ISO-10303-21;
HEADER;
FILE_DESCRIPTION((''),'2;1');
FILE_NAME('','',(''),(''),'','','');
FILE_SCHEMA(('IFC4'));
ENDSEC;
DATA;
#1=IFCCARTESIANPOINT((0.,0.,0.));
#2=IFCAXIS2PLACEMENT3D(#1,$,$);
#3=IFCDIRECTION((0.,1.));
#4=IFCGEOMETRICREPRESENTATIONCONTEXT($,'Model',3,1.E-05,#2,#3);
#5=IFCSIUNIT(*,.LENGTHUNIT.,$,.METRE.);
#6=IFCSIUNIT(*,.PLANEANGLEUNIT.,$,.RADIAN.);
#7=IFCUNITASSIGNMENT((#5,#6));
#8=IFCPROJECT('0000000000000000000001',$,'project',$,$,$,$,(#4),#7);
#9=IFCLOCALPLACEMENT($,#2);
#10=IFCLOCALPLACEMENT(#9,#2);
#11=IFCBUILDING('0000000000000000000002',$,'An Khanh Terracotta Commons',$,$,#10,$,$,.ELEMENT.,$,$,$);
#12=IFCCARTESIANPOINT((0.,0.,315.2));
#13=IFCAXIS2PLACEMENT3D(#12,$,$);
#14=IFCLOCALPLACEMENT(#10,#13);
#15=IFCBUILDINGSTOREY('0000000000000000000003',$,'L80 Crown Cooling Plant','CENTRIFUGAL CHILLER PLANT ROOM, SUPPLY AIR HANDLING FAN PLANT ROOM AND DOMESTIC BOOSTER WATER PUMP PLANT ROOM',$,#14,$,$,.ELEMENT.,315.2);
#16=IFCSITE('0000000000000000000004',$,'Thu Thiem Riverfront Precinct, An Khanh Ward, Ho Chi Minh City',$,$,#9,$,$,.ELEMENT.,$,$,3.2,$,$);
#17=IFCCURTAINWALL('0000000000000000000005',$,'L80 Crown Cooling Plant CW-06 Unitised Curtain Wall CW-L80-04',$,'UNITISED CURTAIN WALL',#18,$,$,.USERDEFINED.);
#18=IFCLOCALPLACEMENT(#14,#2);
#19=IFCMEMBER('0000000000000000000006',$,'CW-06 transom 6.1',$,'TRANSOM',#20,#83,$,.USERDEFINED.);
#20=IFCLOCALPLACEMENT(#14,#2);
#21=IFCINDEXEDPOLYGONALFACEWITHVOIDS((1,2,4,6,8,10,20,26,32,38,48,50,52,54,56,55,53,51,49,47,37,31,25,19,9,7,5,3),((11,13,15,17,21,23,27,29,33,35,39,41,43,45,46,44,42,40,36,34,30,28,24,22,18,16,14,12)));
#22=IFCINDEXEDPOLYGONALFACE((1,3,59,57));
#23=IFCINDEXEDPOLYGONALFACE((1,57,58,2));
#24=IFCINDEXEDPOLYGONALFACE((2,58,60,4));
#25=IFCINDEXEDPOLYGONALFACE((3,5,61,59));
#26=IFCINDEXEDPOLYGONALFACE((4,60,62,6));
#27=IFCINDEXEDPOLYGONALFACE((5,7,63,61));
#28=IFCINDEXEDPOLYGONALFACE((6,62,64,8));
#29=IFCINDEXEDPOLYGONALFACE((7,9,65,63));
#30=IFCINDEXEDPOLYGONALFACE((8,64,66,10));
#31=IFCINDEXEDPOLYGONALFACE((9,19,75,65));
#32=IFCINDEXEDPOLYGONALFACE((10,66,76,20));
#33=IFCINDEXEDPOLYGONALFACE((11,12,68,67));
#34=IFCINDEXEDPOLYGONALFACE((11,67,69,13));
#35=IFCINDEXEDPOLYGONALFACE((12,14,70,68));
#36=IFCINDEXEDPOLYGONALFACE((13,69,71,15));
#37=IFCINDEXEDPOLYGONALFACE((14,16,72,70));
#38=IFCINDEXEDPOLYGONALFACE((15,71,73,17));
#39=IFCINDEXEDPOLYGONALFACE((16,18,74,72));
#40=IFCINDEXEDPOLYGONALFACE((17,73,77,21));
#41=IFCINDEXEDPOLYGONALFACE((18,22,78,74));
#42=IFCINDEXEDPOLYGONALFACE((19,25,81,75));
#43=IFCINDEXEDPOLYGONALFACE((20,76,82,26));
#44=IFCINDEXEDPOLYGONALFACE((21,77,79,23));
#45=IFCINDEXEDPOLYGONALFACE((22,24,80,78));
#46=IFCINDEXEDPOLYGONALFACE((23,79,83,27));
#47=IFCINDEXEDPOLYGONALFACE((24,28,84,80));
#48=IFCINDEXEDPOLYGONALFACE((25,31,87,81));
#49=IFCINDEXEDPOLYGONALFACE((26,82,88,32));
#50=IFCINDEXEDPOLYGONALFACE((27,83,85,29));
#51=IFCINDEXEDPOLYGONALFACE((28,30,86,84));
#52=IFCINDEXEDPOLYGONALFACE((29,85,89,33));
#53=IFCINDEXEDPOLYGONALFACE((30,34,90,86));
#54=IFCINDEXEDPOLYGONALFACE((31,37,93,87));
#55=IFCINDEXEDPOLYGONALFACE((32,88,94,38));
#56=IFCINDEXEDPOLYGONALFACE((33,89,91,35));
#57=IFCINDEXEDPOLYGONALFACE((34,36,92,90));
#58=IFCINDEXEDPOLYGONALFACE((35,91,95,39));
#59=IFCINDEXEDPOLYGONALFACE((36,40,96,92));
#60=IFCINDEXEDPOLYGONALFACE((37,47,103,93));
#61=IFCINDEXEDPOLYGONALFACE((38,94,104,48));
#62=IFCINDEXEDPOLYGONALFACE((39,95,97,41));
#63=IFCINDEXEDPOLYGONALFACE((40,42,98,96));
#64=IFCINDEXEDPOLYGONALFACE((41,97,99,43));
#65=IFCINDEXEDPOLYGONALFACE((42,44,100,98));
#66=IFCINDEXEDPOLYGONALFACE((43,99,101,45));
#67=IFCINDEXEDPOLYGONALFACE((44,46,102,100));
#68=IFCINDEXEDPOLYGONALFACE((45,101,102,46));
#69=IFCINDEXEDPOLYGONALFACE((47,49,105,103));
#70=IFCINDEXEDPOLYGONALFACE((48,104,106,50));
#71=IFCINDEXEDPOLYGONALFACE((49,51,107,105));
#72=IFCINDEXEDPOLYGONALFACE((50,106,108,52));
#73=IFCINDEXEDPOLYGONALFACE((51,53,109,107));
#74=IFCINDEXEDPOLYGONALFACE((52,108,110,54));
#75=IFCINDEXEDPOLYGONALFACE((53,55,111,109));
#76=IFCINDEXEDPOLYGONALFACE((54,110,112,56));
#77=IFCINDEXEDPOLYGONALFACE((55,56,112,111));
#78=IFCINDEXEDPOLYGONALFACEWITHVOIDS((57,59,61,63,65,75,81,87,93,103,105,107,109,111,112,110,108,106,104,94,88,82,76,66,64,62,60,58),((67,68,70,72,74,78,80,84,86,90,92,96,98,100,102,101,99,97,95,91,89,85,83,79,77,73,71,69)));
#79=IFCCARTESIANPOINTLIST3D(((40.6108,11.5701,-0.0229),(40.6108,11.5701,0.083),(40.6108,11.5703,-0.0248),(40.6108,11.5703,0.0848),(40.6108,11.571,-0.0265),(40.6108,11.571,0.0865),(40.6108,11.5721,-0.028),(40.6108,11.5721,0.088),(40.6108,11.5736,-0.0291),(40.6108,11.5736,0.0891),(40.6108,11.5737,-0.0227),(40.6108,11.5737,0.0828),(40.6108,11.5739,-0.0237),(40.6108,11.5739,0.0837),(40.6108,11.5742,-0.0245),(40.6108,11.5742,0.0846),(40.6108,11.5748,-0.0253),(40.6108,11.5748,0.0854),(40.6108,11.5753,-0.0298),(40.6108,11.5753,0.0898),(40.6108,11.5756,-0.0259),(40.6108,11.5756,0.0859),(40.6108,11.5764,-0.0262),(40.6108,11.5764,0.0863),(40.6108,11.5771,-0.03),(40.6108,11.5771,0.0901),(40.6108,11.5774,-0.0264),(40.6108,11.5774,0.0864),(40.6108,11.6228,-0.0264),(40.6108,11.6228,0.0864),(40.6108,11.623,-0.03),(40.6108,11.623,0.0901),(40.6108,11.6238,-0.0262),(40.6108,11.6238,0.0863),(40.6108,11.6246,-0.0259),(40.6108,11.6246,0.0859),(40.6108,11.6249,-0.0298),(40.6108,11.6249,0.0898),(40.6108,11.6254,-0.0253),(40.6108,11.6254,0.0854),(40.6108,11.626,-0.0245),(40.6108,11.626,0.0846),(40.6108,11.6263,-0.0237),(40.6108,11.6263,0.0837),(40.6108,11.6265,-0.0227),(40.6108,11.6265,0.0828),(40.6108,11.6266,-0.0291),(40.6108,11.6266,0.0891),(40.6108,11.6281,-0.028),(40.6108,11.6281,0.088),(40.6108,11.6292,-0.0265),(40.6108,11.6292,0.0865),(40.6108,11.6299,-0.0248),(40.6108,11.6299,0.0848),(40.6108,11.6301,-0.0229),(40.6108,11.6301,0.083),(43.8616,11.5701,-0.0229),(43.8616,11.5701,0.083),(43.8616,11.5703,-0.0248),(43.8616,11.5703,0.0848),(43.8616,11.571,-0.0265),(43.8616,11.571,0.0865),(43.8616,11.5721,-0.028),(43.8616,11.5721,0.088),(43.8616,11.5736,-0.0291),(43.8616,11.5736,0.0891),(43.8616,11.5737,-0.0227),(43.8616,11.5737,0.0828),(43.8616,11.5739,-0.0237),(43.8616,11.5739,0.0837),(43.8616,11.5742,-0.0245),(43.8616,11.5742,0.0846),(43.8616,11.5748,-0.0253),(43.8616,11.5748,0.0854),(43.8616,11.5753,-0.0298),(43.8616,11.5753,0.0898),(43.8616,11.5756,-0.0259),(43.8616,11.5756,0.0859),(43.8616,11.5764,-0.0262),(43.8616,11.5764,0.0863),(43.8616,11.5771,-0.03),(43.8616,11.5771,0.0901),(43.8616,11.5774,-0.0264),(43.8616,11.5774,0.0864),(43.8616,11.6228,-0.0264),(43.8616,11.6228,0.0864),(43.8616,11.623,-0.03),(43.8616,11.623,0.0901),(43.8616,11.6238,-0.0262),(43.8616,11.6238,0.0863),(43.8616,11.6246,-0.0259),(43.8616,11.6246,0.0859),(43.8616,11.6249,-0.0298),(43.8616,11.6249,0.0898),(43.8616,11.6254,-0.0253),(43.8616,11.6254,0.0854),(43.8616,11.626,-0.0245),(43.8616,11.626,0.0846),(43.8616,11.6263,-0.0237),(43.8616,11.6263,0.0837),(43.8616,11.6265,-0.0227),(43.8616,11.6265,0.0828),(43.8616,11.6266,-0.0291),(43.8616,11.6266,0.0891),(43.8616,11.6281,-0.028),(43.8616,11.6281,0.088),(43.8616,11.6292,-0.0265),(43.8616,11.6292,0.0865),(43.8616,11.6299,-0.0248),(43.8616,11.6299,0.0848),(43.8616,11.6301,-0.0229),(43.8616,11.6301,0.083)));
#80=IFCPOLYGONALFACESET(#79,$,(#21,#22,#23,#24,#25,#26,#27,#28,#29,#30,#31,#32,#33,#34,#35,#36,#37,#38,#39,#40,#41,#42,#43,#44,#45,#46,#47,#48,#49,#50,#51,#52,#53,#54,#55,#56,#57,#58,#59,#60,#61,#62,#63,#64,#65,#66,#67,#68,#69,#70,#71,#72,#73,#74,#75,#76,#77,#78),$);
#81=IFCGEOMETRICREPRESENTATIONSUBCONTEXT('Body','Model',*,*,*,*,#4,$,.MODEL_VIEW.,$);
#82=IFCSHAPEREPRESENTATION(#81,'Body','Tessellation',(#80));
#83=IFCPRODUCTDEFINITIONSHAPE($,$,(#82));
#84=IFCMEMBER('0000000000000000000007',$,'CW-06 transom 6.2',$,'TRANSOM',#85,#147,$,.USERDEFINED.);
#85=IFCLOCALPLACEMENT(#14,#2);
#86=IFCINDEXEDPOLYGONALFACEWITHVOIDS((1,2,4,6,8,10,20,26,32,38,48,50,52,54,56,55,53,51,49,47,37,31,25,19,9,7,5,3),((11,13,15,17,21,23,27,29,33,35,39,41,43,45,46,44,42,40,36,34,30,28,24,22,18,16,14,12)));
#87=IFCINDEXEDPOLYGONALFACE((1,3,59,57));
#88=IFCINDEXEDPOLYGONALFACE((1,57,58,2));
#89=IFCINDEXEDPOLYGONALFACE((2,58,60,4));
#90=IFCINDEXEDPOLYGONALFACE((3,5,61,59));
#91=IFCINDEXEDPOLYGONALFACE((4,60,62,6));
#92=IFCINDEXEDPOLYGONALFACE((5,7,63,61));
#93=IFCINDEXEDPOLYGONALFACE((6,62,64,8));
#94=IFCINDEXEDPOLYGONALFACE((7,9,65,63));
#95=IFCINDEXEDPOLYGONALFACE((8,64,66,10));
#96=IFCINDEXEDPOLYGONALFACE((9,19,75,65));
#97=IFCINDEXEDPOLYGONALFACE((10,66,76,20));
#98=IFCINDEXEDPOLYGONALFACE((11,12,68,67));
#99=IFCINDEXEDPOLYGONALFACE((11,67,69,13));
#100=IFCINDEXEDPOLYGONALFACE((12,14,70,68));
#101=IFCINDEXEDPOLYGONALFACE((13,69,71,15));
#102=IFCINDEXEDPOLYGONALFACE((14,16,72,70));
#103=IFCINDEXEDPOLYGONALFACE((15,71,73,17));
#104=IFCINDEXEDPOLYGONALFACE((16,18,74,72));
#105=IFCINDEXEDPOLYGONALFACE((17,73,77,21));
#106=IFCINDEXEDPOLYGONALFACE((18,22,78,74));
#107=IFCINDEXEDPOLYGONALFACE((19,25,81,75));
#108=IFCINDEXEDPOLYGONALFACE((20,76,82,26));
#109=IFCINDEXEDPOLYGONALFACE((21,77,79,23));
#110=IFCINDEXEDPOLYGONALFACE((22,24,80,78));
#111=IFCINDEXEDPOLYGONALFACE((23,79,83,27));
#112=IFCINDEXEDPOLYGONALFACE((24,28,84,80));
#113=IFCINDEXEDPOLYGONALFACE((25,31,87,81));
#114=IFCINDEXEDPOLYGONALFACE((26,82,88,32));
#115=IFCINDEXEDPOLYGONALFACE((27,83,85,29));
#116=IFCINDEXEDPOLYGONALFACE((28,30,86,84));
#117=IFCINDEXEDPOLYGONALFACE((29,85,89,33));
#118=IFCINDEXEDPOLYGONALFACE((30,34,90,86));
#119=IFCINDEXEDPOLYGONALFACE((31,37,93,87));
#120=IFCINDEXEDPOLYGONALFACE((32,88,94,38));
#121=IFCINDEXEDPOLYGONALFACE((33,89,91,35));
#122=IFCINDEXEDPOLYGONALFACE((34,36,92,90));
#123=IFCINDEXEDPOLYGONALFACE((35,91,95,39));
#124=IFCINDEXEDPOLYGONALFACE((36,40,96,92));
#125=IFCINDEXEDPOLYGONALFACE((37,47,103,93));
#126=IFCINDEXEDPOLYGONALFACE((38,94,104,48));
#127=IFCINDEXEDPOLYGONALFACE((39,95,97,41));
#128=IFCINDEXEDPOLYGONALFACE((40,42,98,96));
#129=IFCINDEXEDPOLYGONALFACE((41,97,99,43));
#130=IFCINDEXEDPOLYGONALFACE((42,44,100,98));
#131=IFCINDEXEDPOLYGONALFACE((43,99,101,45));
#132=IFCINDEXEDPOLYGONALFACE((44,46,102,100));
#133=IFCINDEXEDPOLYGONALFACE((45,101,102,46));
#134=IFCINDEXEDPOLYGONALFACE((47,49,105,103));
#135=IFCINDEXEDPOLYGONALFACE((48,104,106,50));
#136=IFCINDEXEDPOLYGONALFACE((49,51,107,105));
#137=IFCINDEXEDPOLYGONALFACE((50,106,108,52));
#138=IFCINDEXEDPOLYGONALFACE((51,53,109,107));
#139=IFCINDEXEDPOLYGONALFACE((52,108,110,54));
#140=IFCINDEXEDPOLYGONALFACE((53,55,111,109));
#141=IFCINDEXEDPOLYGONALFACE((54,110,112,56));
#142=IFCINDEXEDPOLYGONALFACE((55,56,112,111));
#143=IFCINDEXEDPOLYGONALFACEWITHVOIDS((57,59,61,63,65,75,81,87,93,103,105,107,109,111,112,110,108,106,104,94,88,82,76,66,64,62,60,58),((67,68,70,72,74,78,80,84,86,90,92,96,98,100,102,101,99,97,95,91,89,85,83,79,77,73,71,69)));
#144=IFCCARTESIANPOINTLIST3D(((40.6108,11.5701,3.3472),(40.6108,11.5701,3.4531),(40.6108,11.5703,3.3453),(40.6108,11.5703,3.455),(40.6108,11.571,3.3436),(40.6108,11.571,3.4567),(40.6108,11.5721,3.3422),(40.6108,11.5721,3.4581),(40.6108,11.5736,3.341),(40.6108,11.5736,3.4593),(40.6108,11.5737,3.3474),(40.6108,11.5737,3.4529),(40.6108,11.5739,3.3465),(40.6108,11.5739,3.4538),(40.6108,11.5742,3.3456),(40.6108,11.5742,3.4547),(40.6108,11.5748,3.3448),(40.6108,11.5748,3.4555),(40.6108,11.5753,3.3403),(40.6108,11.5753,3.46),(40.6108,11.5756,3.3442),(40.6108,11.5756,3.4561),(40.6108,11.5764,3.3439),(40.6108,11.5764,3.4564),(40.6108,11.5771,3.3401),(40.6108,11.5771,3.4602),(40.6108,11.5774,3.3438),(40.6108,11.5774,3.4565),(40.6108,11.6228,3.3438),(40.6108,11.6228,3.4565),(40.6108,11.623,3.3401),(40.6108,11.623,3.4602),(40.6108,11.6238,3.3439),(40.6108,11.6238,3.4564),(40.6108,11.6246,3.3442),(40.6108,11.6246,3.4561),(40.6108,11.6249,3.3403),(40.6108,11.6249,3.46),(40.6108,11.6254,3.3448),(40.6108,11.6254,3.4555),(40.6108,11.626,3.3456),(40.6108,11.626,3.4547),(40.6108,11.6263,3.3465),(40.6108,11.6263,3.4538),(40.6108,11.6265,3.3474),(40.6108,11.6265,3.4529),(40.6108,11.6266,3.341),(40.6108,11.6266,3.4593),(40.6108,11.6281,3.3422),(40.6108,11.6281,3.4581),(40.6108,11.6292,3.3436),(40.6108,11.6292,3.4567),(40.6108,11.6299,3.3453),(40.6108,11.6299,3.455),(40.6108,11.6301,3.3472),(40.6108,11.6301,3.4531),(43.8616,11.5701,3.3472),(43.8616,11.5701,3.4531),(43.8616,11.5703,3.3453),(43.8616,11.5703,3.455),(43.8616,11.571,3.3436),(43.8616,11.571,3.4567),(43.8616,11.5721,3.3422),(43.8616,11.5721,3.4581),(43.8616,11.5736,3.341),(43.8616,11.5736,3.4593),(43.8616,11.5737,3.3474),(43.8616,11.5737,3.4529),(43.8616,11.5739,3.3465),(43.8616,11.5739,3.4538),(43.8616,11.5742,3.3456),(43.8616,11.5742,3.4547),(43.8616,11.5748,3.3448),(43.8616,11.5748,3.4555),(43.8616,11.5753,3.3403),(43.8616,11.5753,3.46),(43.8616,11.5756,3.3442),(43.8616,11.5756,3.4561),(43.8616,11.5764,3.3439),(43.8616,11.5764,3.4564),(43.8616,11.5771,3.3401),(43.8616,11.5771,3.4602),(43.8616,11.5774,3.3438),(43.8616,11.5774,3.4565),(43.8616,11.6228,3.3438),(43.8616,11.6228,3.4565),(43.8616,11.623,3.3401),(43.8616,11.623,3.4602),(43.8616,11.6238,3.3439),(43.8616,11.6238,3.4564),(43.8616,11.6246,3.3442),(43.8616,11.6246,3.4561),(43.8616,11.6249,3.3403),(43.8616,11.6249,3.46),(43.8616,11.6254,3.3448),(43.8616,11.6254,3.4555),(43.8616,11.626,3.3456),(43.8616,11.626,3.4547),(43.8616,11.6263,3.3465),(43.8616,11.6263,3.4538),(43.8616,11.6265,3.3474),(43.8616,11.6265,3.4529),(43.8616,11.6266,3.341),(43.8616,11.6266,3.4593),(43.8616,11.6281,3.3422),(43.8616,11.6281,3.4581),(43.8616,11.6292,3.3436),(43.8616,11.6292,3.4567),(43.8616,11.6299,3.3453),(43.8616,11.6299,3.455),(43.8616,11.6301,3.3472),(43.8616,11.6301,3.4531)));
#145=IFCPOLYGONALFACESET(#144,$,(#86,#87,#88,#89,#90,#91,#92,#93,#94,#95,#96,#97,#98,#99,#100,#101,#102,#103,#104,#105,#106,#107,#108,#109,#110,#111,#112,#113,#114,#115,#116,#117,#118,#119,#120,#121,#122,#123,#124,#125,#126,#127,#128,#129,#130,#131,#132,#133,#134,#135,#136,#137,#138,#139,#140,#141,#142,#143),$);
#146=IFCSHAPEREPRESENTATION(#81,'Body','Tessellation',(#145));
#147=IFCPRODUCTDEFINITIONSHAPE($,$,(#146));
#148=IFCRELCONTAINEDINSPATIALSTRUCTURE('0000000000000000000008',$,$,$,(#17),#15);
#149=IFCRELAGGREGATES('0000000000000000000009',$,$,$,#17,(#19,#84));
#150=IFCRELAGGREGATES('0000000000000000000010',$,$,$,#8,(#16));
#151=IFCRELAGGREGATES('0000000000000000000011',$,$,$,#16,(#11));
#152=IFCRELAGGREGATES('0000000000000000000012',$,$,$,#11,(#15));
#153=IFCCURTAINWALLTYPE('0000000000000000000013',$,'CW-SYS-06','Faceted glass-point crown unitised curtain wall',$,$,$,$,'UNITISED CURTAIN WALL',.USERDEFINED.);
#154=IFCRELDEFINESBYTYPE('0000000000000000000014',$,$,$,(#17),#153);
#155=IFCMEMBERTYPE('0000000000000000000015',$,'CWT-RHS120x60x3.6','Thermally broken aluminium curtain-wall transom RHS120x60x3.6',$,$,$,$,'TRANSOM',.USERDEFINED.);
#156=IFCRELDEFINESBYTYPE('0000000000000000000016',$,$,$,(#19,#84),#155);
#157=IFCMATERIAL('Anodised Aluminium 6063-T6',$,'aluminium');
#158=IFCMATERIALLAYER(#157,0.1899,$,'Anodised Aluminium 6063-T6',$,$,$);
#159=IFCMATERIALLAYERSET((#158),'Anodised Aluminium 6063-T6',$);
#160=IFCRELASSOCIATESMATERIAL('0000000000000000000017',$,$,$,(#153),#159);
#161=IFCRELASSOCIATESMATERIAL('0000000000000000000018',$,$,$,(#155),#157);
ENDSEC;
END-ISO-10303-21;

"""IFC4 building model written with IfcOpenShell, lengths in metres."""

from ifc_helpers import new_model, si_unit, direction, frame, origin, origin_2d, place, context, subcontext, project, spatial, hollow_rectangle, extrude, material, layer, layer_set, material_profile, profile_set, type_object, element, aggregate, save


model = new_model("IFC4")

# Units and contexts
model_context = context("Model", 3, precision=1e-05, world=origin(), true_north=direction((0.0, 1.0)))
body_context = subcontext(model_context, "Body", "Model", "MODEL_VIEW")
ifc_project = project(units=[si_unit("LENGTHUNIT", "METRE"), si_unit("PLANEANGLEUNIT", "RADIAN")], contexts=[model_context])

# Site, building, storey
site_placement = place(None, origin())
site = spatial("IfcSite", under=ifc_project, at=site_placement, Name="Thu Thiem Riverfront Precinct, An Khanh Ward, Ho Chi Minh City", CompositionType="ELEMENT", RefElevation=3.2)
building_placement = place(site_placement, origin())
building = spatial("IfcBuilding", under=site, at=building_placement, Name="An Khanh Terracotta Commons", CompositionType="ELEMENT")
storey_placement = place(building_placement, frame((0.0, 0.0, 315.2)))
storey = spatial("IfcBuildingStorey", under=building, at=storey_placement, Name="L80 Crown Cooling Plant", Description="CENTRIFUGAL CHILLER PLANT ROOM, SUPPLY AIR HANDLING FAN PLANT ROOM AND DOMESTIC BOOSTER WATER PUMP PLANT ROOM", CompositionType="ELEMENT", Elevation=315.2)

# Curtain wall, members
ifc_material_1 = material(Name="Anodised Aluminium 6063-T6", Category="aluminium")
ifc_layer_1 = layer(ifc_material_1, 0.1899, Name="Anodised Aluminium 6063-T6")
ifc_layer_set_1 = layer_set([ifc_layer_1], Name="Anodised Aluminium 6063-T6")
curtain_wall_type = type_object("IfcCurtainWallType", Name="CW-SYS-06", Description="Faceted glass-point crown unitised curtain wall", ElementType="UNITISED CURTAIN WALL", PredefinedType="USERDEFINED", material=ifc_layer_set_1)
curtain_wall_placement = place(storey_placement, origin())
curtain_wall = element("IfcCurtainWall", 1, at=curtain_wall_placement, inside=storey, type_object=curtain_wall_type, Name="L80 Crown Cooling Plant CW-06 Unitised Curtain Wall CW-L80-04", ObjectType="UNITISED CURTAIN WALL", PredefinedType="USERDEFINED")
ifc_material_profile_1 = material_profile(ifc_material_1, hollow_rectangle(XDim=0.0601, YDim=0.1201, WallThickness=0.0037, InnerFilletRadius=0.0037, OuterFilletRadius=0.0071, at=origin_2d()), Name="RHS120x60x3.6")
ifc_profile_set_1 = profile_set([ifc_material_profile_1], Name="Anodised Aluminium 6063-T6")
member_type_1 = type_object("IfcMemberType", Name="CWT-RHS120x60x3.6", Description="Thermally broken aluminium curtain-wall transom RHS120x60x3.6", ElementType="TRANSOM", PredefinedType="USERDEFINED", material=ifc_profile_set_1)
member_1_placement = place(storey_placement, frame((40.6108, 11.6001, 0.03), z_axis=(1.0, 0.0, 0.0), x_axis=(0.0, 1.0, 0.0)))
member_1 = element("IfcMember", 2, at=member_1_placement, type_object=member_type_1, Name="CW-06 transom 6.1", ObjectType="TRANSOM", PredefinedType="USERDEFINED", context=body_context, shape_type="SweptSolid", body=[
    extrude(hollow_rectangle(XDim=0.0601, YDim=0.1201, WallThickness=0.0037, InnerFilletRadius=0.0037, OuterFilletRadius=0.0071, at=origin_2d()), origin(), (0.0, 0.0, 1.0), 3.2507),
])
member_2_placement = place(storey_placement, frame((40.6108, 11.6001, 3.4001), z_axis=(1.0, 0.0, 0.0), x_axis=(0.0, 1.0, 0.0)))
member_2 = element("IfcMember", 3, at=member_2_placement, type_object=member_type_1, Name="CW-06 transom 6.2", ObjectType="TRANSOM", PredefinedType="USERDEFINED", context=body_context, shape_type="SweptSolid", body=[
    extrude(hollow_rectangle(XDim=0.0601, YDim=0.1201, WallThickness=0.0037, InnerFilletRadius=0.0037, OuterFilletRadius=0.0071, at=origin_2d()), origin(), (0.0, 0.0, 1.0), 3.2507),
])
aggregate(curtain_wall, [member_1, member_2])

save(model, "model.ifc")
